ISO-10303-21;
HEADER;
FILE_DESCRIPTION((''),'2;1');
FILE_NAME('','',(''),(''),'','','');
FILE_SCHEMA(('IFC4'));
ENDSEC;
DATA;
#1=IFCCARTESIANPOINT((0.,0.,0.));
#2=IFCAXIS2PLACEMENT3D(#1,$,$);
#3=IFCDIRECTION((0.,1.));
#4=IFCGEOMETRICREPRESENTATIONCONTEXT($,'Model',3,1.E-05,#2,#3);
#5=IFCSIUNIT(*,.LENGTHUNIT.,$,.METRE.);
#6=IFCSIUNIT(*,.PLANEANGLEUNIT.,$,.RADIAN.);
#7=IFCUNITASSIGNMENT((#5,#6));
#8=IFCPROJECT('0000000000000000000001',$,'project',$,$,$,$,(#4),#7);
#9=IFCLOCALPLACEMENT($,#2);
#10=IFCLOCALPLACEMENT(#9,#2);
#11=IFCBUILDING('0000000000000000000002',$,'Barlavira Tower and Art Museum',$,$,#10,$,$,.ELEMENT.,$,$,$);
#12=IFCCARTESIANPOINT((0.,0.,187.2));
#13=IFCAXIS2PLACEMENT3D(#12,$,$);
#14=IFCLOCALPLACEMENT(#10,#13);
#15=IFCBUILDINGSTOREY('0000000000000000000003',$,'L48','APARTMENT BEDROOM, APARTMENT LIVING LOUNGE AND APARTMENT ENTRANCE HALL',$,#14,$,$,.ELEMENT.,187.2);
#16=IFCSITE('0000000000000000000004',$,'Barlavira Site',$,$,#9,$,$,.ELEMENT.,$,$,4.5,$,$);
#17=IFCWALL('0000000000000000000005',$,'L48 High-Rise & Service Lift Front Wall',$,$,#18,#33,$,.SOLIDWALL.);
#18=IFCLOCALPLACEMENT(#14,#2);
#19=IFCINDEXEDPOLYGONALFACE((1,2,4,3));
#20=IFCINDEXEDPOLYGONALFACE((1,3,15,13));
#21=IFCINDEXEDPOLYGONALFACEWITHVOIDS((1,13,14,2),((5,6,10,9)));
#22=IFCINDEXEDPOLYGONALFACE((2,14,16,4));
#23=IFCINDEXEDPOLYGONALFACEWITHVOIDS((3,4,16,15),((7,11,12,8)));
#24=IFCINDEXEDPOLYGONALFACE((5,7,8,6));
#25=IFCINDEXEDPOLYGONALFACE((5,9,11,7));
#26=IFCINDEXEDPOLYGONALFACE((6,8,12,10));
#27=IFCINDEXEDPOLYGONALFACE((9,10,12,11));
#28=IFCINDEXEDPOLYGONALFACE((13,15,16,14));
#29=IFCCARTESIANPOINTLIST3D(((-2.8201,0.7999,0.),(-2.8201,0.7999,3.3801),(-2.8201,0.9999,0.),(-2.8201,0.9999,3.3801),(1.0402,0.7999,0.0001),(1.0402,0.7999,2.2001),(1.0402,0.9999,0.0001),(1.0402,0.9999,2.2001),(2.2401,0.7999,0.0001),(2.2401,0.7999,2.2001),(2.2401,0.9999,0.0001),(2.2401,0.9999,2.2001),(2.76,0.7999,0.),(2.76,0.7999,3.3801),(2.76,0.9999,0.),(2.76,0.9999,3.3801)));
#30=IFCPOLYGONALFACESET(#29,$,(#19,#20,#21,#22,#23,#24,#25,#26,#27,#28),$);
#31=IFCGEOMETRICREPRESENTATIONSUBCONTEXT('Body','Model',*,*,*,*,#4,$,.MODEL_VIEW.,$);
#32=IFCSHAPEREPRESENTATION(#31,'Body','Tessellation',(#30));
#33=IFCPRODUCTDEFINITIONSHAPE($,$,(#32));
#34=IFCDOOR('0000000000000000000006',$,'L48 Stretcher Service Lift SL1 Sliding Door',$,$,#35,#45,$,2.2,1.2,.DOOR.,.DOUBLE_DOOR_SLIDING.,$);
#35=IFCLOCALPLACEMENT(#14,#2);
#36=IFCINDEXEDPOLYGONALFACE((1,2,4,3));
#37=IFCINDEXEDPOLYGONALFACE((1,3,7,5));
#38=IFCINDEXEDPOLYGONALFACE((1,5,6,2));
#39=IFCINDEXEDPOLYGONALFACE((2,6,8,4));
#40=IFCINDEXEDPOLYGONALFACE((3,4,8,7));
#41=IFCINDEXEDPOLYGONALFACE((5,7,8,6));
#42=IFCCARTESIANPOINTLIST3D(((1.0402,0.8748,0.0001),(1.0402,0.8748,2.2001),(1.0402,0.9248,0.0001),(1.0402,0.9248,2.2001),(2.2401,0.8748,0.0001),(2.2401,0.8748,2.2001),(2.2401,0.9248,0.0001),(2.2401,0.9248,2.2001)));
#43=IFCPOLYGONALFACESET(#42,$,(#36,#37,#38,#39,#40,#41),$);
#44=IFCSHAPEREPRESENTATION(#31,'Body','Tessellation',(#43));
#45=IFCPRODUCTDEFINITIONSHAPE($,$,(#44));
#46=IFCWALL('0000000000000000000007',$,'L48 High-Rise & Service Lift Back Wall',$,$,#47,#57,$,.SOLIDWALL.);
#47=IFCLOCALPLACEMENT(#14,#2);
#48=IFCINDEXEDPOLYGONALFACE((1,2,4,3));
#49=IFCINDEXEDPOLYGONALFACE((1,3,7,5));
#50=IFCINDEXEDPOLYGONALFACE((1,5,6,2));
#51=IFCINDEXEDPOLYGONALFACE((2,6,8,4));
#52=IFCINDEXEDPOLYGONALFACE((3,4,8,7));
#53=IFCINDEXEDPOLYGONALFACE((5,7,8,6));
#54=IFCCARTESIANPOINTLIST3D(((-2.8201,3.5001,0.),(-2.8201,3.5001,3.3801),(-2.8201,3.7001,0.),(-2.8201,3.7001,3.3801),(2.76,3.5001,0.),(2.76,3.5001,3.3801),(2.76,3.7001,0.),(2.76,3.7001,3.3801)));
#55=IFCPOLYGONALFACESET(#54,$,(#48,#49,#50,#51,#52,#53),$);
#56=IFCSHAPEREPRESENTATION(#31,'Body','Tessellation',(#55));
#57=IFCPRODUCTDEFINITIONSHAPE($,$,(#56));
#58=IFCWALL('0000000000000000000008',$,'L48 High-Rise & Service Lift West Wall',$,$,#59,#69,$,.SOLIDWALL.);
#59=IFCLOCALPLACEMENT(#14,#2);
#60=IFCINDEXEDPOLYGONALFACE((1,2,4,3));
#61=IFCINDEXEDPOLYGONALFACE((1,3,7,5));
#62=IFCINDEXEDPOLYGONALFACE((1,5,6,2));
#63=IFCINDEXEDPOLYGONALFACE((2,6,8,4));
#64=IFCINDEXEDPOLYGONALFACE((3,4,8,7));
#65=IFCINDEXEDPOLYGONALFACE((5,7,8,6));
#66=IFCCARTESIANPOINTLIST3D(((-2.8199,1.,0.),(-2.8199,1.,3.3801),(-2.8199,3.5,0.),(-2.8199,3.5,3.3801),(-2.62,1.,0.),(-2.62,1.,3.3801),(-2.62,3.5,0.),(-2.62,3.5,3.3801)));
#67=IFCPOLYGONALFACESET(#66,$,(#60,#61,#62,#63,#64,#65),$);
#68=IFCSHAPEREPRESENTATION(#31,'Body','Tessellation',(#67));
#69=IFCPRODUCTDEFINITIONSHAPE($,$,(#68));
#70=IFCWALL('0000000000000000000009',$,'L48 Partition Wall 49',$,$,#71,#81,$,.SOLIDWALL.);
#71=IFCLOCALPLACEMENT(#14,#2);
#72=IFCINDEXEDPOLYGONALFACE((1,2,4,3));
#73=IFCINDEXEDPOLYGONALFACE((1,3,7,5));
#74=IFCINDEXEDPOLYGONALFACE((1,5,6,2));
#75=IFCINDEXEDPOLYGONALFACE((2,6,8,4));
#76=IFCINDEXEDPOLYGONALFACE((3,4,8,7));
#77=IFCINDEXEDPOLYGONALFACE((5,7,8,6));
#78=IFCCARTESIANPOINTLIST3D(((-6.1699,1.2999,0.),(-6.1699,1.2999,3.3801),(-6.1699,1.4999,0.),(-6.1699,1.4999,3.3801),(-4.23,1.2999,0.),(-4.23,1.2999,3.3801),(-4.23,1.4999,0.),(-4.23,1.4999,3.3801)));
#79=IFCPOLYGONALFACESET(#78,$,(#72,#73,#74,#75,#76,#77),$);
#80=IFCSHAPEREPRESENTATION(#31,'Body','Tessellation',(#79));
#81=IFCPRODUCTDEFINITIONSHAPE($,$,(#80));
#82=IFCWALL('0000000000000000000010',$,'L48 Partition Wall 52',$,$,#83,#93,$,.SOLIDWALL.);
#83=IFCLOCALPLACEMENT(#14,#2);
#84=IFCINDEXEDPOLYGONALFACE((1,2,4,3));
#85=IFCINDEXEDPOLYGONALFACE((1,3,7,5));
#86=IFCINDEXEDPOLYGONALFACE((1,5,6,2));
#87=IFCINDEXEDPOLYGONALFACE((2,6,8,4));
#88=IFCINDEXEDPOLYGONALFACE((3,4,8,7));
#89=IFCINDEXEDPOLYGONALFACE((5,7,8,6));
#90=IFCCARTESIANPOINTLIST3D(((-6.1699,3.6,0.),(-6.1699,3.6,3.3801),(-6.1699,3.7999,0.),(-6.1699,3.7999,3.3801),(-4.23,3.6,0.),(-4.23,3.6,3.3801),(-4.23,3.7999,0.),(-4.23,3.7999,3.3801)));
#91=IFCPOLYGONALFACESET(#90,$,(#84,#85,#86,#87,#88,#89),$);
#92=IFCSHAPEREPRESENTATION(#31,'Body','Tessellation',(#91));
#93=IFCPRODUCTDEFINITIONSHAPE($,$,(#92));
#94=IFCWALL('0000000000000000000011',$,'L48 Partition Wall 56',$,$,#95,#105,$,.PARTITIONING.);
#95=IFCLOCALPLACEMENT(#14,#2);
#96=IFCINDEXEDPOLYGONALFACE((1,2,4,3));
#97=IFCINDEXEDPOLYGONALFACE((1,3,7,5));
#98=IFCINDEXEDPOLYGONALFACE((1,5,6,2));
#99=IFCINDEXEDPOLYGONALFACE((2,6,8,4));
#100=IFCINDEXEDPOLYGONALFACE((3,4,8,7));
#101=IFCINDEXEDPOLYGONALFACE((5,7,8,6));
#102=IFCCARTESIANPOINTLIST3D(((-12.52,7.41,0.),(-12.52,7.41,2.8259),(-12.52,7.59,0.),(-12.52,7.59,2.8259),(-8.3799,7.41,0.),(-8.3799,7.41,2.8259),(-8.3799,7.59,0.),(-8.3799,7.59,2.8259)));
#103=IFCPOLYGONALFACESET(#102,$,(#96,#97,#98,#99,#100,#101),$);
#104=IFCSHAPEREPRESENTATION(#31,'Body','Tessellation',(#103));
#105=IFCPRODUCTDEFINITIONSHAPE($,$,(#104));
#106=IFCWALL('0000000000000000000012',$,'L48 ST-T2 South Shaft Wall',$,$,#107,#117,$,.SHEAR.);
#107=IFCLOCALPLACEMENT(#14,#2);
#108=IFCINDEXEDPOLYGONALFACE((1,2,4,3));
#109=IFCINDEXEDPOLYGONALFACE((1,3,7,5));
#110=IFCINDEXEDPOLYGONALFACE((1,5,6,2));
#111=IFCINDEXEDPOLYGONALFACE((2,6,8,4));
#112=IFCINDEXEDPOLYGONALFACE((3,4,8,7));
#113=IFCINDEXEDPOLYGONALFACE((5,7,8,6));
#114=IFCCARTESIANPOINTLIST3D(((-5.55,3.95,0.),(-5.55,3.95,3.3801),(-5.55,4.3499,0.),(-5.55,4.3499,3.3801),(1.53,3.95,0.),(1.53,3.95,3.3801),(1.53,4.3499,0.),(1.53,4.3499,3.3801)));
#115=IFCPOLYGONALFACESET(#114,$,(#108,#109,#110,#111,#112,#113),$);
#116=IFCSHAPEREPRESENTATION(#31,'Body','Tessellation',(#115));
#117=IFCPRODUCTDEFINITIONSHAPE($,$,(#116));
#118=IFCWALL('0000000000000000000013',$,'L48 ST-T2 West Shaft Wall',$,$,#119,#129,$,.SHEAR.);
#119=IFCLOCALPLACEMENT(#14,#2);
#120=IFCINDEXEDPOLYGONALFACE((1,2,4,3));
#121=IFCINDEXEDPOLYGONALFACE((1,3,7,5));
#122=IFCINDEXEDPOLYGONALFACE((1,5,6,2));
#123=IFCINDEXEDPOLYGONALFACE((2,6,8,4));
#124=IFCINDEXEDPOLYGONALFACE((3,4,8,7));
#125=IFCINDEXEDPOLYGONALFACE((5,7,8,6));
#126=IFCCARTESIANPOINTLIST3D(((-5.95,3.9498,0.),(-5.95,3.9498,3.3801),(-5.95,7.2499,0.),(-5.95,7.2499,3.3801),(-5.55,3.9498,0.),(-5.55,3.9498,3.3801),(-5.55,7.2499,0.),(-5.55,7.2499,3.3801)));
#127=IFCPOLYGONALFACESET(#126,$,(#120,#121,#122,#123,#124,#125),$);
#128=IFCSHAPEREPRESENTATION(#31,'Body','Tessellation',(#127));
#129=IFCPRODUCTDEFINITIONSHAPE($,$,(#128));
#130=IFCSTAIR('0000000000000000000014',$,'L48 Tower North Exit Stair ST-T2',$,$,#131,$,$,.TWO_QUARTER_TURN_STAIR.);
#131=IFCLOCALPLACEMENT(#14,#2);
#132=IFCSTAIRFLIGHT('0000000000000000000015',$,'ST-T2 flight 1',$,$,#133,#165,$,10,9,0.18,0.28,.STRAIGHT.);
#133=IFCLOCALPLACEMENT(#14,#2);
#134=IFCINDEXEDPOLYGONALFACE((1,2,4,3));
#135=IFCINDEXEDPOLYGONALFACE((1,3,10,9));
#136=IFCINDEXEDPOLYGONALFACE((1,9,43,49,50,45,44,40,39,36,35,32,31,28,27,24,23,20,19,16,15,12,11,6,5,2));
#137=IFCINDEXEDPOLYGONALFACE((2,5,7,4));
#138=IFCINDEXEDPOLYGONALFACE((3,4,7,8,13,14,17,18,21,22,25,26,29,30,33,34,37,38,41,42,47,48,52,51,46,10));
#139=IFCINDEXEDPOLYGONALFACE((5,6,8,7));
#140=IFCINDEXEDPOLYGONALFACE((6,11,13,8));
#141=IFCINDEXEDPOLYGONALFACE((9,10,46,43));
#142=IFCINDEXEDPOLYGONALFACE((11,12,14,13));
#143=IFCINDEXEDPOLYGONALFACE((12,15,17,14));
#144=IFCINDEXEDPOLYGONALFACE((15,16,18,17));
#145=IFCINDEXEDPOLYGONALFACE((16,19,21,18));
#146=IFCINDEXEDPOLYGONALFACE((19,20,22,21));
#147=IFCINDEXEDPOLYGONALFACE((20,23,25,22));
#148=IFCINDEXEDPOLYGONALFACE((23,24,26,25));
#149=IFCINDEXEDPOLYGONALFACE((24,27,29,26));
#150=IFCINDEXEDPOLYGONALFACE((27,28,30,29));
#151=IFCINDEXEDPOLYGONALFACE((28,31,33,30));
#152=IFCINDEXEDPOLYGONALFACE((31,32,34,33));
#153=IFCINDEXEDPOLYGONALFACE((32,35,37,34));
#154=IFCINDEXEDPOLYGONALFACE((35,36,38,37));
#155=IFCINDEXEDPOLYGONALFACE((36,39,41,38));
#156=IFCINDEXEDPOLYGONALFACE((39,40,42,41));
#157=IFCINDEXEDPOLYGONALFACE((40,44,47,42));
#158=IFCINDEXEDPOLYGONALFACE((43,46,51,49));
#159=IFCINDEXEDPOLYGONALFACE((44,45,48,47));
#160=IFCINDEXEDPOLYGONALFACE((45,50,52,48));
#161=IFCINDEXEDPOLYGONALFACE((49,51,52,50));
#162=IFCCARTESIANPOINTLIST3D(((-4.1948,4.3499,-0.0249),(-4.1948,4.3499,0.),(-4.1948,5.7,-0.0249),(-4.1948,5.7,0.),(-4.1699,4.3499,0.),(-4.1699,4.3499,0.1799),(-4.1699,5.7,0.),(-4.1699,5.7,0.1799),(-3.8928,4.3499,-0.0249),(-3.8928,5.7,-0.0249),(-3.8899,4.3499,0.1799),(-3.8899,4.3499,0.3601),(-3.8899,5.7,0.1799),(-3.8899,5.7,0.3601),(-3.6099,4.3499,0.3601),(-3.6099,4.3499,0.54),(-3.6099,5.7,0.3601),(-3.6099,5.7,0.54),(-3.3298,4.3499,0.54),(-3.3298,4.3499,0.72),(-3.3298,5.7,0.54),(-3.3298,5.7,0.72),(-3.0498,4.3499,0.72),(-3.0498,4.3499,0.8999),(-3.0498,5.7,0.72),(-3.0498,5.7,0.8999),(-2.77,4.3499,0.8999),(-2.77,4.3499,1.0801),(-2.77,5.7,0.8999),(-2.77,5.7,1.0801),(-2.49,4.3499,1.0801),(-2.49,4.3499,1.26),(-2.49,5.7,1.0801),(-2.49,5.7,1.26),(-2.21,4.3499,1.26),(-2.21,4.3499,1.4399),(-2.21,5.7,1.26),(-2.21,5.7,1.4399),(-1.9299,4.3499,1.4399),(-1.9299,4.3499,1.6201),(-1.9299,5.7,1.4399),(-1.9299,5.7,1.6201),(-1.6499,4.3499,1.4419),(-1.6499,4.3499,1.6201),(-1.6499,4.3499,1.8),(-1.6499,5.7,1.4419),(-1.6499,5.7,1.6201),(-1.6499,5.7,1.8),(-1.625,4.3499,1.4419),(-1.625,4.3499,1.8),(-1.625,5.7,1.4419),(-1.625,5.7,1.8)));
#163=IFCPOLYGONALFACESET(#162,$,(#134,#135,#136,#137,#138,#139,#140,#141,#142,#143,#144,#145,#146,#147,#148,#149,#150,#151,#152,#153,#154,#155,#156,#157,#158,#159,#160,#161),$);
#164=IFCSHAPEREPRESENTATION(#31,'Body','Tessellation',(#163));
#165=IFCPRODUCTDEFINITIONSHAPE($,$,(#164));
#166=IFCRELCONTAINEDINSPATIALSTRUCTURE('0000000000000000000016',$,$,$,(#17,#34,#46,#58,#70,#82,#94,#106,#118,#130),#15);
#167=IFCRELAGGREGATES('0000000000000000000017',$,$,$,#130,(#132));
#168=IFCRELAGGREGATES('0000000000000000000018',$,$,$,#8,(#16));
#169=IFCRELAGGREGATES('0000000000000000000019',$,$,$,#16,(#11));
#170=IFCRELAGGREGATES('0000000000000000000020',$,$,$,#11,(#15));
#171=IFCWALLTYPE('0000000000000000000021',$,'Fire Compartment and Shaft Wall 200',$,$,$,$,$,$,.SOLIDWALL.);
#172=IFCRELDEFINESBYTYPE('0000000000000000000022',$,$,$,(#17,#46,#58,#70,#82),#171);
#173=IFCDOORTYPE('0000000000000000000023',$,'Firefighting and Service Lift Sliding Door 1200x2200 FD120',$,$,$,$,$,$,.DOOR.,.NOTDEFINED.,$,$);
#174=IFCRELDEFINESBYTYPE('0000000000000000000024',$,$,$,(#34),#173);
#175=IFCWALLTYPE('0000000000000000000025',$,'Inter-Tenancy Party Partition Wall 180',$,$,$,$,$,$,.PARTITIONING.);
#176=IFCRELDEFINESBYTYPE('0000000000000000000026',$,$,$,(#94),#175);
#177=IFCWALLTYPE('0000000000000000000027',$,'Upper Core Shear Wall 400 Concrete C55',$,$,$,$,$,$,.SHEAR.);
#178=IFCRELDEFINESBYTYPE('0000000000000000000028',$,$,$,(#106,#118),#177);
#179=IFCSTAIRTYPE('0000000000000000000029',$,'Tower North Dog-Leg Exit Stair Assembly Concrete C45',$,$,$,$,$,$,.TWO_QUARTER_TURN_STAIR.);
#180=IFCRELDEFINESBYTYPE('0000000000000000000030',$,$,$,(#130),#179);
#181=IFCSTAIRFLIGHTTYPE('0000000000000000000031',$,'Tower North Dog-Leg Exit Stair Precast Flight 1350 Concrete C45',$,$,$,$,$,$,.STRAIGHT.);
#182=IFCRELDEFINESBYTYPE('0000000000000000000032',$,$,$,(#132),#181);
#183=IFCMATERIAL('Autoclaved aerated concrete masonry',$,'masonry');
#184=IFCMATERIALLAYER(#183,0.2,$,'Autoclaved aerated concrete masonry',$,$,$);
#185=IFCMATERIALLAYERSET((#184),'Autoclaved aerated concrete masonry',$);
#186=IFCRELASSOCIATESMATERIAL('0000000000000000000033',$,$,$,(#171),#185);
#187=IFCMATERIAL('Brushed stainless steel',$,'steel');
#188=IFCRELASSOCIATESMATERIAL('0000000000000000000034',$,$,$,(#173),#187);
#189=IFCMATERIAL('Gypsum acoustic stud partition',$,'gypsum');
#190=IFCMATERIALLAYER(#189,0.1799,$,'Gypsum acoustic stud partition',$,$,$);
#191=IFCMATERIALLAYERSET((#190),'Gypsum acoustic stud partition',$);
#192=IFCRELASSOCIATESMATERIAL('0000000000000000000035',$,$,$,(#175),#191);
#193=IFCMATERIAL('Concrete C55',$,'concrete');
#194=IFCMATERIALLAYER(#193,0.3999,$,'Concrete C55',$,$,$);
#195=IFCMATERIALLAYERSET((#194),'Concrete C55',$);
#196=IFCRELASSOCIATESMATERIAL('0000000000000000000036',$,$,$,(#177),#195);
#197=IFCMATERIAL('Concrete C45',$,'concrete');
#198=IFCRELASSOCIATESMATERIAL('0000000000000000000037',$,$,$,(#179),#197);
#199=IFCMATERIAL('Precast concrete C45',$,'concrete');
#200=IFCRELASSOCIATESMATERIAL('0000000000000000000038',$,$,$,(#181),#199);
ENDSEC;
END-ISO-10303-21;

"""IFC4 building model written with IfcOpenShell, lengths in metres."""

from ifc_helpers import new_model, si_unit, direction, frame, frame_2d, origin, place, context, subcontext, project, spatial, polyline, rectangle, outline, extrude, material, layer, layer_set, type_object, element, fill, aggregate, save


model = new_model("IFC4")

# Units and contexts
model_context = context("Model", 3, precision=1e-05, world=origin(), true_north=direction((0.0, 1.0)))
body_context = subcontext(model_context, "Body", "Model", "MODEL_VIEW")
ifc_project = project(units=[si_unit("LENGTHUNIT", "METRE"), si_unit("PLANEANGLEUNIT", "RADIAN")], contexts=[model_context])

# Site, building, storey
site_placement = place(None, origin())
site = spatial("IfcSite", under=ifc_project, at=site_placement, Name="Barlavira Site", CompositionType="ELEMENT", RefElevation=4.5)
building_placement = place(site_placement, origin())
building = spatial("IfcBuilding", under=site, at=building_placement, Name="Barlavira Tower and Art Museum", CompositionType="ELEMENT")
storey_placement = place(building_placement, frame((0.0, 0.0, 187.2)))
storey = spatial("IfcBuildingStorey", under=building, at=storey_placement, Name="L48", Description="APARTMENT BEDROOM, APARTMENT LIVING LOUNGE AND APARTMENT ENTRANCE HALL", CompositionType="ELEMENT", Elevation=187.2)

# Shared definitions
ifc_material_1 = material(Name="Gypsum acoustic stud partition", Category="gypsum")
ifc_material_2 = material(Name="Brushed stainless steel", Category="steel")

# Wall, opening, door
ifc_material_3 = material(Name="Autoclaved aerated concrete masonry", Category="masonry")
ifc_layer_1 = layer(ifc_material_3, 0.2, Name="Autoclaved aerated concrete masonry")
ifc_layer_set_1 = layer_set([ifc_layer_1], Name="Autoclaved aerated concrete masonry")
wall_type_1 = type_object("IfcWallType", Name="Fire Compartment and Shaft Wall 200", PredefinedType="SOLIDWALL", material=ifc_layer_set_1)
wall_1_placement = place(storey_placement, frame((-2.8201, 0.8999, 0.0), z_axis=(0.0, 0.0, 1.0), x_axis=(1.0, 0.0, 0.0)))
wall_1 = element("IfcWall", 1, at=wall_1_placement, inside=storey, type_object=wall_type_1, Name="L48 High-Rise & Service Lift Front Wall", PredefinedType="SOLIDWALL", context=body_context, shape_type="SweptSolid", body=[
    extrude(rectangle(XDim=5.5801, YDim=0.2, at=frame_2d((2.79, 0.0))), origin(), (0.0, 0.0, 1.0), 3.3801),
])
opening_1_placement = place(wall_1_placement, frame((3.8601, 0.0, 0.0)))
opening_1 = element("IfcOpeningElement", 2, at=opening_1_placement, cuts=wall_1, PredefinedType="OPENING", context=body_context, shape_type="SweptSolid", body=[
    extrude(rectangle(XDim=1.2, YDim=2.2, at=frame_2d((0.6001, 1.1001))), frame((0.0, 0.1099, 0.0), z_axis=(0.0, -1.0, 0.0), x_axis=(1.0, 0.0, 0.0)), (0.0, 0.0, 1.0), 0.22),
])
door_type_1 = type_object("IfcDoorType", Name="Firefighting and Service Lift Sliding Door 1200x2200 FD120", OperationType="NOTDEFINED", PredefinedType="DOOR", material=ifc_material_2)
door_1_placement = place(opening_1_placement, origin())
door_1 = element("IfcDoor", 3, at=door_1_placement, inside=storey, type_object=door_type_1, Name="L48 Stretcher Service Lift SL1 Sliding Door", OperationType="DOUBLE_DOOR_SLIDING", OverallHeight=2.2, OverallWidth=1.2, PredefinedType="DOOR", context=body_context, shape_type="SweptSolid", body=[
    extrude(rectangle(XDim=1.2, YDim=2.2, at=frame_2d((0.6001, 1.1001))), frame((0.0, 0.0249, 0.0), z_axis=(0.0, -1.0, 0.0), x_axis=(1.0, 0.0, 0.0)), (0.0, 0.0, 1.0), 0.05),
])
fill(opening_1, door_1)

# Walls
wall_2_placement = place(storey_placement, frame((-2.8201, 3.6001, 0.0), z_axis=(0.0, 0.0, 1.0), x_axis=(1.0, 0.0, 0.0)))
element("IfcWall", 4, at=wall_2_placement, inside=storey, type_object=wall_type_1, Name="L48 High-Rise & Service Lift Back Wall", PredefinedType="SOLIDWALL", context=body_context, shape_type="SweptSolid", body=[
    extrude(rectangle(XDim=5.5801, YDim=0.2, at=frame_2d((2.79, 0.0))), origin(), (0.0, 0.0, 1.0), 3.3801),
])
wall_3_placement = place(storey_placement, frame((-2.72, 1.0, 0.0), z_axis=(0.0, 0.0, 1.0), x_axis=(0.0, 1.0, 0.0)))
element("IfcWall", 5, at=wall_3_placement, inside=storey, type_object=wall_type_1, Name="L48 High-Rise & Service Lift West Wall", PredefinedType="SOLIDWALL", context=body_context, shape_type="SweptSolid", body=[
    extrude(rectangle(XDim=2.5, YDim=0.2, at=frame_2d((1.25, 0.0))), origin(), (0.0, 0.0, 1.0), 3.3801),
])
for number, where, z_axis, x_axis, name in (
    (6, (-6.1699, 1.3999, 0.0), (0.0, 0.0, 1.0), (1.0, 0.0, 0.0), "L48 Partition Wall 49"),
    (7, (-6.1699, 3.7, 0.0), (0.0, 0.0, 1.0), (1.0, 0.0, 0.0), "L48 Partition Wall 52"),
):
    element("IfcWall", number, at=place(storey_placement, frame(where, z_axis=z_axis, x_axis=x_axis)), inside=storey, type_object=wall_type_1, Name=name, PredefinedType="SOLIDWALL", context=body_context, shape_type="SweptSolid", body=[
        extrude(rectangle(XDim=1.9399, YDim=0.2, at=frame_2d((0.97, 0.0))), origin(), (0.0, 0.0, 1.0), 3.3801),
    ])
ifc_layer_2 = layer(ifc_material_1, 0.1799, Name="Gypsum acoustic stud partition")
ifc_layer_set_2 = layer_set([ifc_layer_2], Name="Gypsum acoustic stud partition")
wall_type_2 = type_object("IfcWallType", Name="Inter-Tenancy Party Partition Wall 180", PredefinedType="PARTITIONING", material=ifc_layer_set_2)
wall_4_placement = place(storey_placement, frame((-12.52, 7.5, 0.0), z_axis=(0.0, 0.0, 1.0), x_axis=(1.0, 0.0, 0.0)))
element("IfcWall", 8, at=wall_4_placement, inside=storey, type_object=wall_type_2, Name="L48 Partition Wall 56", PredefinedType="PARTITIONING", context=body_context, shape_type="SweptSolid", body=[
    extrude(rectangle(XDim=4.1401, YDim=0.1799, at=frame_2d((2.0701, 0.0))), origin(), (0.0, 0.0, 1.0), 2.8259),
])

# Walls
ifc_material_4 = material(Name="Concrete C55", Category="concrete")
ifc_layer_3 = layer(ifc_material_4, 0.3999, Name="Concrete C55")
ifc_layer_set_3 = layer_set([ifc_layer_3], Name="Concrete C55")
wall_type_3 = type_object("IfcWallType", Name="Upper Core Shear Wall 400 Concrete C55", PredefinedType="SHEAR", material=ifc_layer_set_3)
wall_5_placement = place(storey_placement, frame((-5.55, 4.1499, 0.0), z_axis=(0.0, 0.0, 1.0), x_axis=(1.0, 0.0, 0.0)))
element("IfcWall", 9, at=wall_5_placement, inside=storey, type_object=wall_type_3, Name="L48 ST-T2 South Shaft Wall", PredefinedType="SHEAR", context=body_context, shape_type="SweptSolid", body=[
    extrude(rectangle(XDim=7.0801, YDim=0.3999, at=frame_2d((3.54, 0.0))), origin(), (0.0, 0.0, 1.0), 3.3801),
])
wall_6_placement = place(storey_placement, frame((-5.75, 3.95, 0.0), z_axis=(0.0, 0.0, 1.0), x_axis=(0.0, 1.0, 0.0)))
element("IfcWall", 10, at=wall_6_placement, inside=storey, type_object=wall_type_3, Name="L48 ST-T2 West Shaft Wall", PredefinedType="SHEAR", context=body_context, shape_type="SweptSolid", body=[
    extrude(rectangle(XDim=3.3, YDim=0.3999, at=frame_2d((1.6499, 0.0))), origin(), (0.0, 0.0, 1.0), 3.3801),
])

# Stair, stair flight
ifc_material_5 = material(Name="Concrete C45", Category="concrete")
stair_type = type_object("IfcStairType", Name="Tower North Dog-Leg Exit Stair Assembly Concrete C45", PredefinedType="TWO_QUARTER_TURN_STAIR", material=ifc_material_5)
stair_placement = place(storey_placement, origin())
stair = element("IfcStair", 11, at=stair_placement, inside=storey, type_object=stair_type, Name="L48 Tower North Exit Stair ST-T2", PredefinedType="TWO_QUARTER_TURN_STAIR")
ifc_material_6 = material(Name="Precast concrete C45", Category="concrete")
stair_flight_type = type_object("IfcStairFlightType", Name="Tower North Dog-Leg Exit Stair Precast Flight 1350 Concrete C45", PredefinedType="STRAIGHT", material=ifc_material_6)
stair_flight_1_placement = place(storey_placement, frame((-4.1699, 5.0249, 0.0), z_axis=(0.0, 0.0, 1.0), x_axis=(1.0, 0.0, 0.0)))
stair_flight_1 = element("IfcStairFlight", 12, at=stair_flight_1_placement, type_object=stair_flight_type, Name="ST-T2 flight 1", NumberOfRisers=10, NumberOfTreads=9, PredefinedType="STRAIGHT", RiserHeight=0.18, TreadLength=0.28, context=body_context, shape_type="SweptSolid", body=[
    extrude(outline(polyline([(-0.0249, 0.0), (0.0, 0.0), (0.0, 0.1799), (0.28, 0.1799), (0.28, 0.3601), (0.5601, 0.3601), (0.5601, 0.54), (0.8401, 0.54), (0.8401, 0.72), (1.1201, 0.72), (1.1201, 0.8999), (1.3999, 0.8999), (1.3999, 1.0801), (1.6799, 1.0801), (1.6799, 1.26), (1.96, 1.26), (1.96, 1.4399), (2.24, 1.4399), (2.24, 1.6201), (2.52, 1.6201), (2.52, 1.8), (2.5449, 1.8), (2.5449, 1.4419), (2.52, 1.4419), (0.2771, -0.0249), (-0.0249, -0.0249), (-0.0249, 0.0)])), frame((0.0, 0.675, 0.0), z_axis=(0.0, -1.0, 0.0), x_axis=(1.0, 0.0, 0.0)), (0.0, 0.0, 1.0), 1.3501),
])
aggregate(stair, [stair_flight_1])

save(model, "model.ifc")
